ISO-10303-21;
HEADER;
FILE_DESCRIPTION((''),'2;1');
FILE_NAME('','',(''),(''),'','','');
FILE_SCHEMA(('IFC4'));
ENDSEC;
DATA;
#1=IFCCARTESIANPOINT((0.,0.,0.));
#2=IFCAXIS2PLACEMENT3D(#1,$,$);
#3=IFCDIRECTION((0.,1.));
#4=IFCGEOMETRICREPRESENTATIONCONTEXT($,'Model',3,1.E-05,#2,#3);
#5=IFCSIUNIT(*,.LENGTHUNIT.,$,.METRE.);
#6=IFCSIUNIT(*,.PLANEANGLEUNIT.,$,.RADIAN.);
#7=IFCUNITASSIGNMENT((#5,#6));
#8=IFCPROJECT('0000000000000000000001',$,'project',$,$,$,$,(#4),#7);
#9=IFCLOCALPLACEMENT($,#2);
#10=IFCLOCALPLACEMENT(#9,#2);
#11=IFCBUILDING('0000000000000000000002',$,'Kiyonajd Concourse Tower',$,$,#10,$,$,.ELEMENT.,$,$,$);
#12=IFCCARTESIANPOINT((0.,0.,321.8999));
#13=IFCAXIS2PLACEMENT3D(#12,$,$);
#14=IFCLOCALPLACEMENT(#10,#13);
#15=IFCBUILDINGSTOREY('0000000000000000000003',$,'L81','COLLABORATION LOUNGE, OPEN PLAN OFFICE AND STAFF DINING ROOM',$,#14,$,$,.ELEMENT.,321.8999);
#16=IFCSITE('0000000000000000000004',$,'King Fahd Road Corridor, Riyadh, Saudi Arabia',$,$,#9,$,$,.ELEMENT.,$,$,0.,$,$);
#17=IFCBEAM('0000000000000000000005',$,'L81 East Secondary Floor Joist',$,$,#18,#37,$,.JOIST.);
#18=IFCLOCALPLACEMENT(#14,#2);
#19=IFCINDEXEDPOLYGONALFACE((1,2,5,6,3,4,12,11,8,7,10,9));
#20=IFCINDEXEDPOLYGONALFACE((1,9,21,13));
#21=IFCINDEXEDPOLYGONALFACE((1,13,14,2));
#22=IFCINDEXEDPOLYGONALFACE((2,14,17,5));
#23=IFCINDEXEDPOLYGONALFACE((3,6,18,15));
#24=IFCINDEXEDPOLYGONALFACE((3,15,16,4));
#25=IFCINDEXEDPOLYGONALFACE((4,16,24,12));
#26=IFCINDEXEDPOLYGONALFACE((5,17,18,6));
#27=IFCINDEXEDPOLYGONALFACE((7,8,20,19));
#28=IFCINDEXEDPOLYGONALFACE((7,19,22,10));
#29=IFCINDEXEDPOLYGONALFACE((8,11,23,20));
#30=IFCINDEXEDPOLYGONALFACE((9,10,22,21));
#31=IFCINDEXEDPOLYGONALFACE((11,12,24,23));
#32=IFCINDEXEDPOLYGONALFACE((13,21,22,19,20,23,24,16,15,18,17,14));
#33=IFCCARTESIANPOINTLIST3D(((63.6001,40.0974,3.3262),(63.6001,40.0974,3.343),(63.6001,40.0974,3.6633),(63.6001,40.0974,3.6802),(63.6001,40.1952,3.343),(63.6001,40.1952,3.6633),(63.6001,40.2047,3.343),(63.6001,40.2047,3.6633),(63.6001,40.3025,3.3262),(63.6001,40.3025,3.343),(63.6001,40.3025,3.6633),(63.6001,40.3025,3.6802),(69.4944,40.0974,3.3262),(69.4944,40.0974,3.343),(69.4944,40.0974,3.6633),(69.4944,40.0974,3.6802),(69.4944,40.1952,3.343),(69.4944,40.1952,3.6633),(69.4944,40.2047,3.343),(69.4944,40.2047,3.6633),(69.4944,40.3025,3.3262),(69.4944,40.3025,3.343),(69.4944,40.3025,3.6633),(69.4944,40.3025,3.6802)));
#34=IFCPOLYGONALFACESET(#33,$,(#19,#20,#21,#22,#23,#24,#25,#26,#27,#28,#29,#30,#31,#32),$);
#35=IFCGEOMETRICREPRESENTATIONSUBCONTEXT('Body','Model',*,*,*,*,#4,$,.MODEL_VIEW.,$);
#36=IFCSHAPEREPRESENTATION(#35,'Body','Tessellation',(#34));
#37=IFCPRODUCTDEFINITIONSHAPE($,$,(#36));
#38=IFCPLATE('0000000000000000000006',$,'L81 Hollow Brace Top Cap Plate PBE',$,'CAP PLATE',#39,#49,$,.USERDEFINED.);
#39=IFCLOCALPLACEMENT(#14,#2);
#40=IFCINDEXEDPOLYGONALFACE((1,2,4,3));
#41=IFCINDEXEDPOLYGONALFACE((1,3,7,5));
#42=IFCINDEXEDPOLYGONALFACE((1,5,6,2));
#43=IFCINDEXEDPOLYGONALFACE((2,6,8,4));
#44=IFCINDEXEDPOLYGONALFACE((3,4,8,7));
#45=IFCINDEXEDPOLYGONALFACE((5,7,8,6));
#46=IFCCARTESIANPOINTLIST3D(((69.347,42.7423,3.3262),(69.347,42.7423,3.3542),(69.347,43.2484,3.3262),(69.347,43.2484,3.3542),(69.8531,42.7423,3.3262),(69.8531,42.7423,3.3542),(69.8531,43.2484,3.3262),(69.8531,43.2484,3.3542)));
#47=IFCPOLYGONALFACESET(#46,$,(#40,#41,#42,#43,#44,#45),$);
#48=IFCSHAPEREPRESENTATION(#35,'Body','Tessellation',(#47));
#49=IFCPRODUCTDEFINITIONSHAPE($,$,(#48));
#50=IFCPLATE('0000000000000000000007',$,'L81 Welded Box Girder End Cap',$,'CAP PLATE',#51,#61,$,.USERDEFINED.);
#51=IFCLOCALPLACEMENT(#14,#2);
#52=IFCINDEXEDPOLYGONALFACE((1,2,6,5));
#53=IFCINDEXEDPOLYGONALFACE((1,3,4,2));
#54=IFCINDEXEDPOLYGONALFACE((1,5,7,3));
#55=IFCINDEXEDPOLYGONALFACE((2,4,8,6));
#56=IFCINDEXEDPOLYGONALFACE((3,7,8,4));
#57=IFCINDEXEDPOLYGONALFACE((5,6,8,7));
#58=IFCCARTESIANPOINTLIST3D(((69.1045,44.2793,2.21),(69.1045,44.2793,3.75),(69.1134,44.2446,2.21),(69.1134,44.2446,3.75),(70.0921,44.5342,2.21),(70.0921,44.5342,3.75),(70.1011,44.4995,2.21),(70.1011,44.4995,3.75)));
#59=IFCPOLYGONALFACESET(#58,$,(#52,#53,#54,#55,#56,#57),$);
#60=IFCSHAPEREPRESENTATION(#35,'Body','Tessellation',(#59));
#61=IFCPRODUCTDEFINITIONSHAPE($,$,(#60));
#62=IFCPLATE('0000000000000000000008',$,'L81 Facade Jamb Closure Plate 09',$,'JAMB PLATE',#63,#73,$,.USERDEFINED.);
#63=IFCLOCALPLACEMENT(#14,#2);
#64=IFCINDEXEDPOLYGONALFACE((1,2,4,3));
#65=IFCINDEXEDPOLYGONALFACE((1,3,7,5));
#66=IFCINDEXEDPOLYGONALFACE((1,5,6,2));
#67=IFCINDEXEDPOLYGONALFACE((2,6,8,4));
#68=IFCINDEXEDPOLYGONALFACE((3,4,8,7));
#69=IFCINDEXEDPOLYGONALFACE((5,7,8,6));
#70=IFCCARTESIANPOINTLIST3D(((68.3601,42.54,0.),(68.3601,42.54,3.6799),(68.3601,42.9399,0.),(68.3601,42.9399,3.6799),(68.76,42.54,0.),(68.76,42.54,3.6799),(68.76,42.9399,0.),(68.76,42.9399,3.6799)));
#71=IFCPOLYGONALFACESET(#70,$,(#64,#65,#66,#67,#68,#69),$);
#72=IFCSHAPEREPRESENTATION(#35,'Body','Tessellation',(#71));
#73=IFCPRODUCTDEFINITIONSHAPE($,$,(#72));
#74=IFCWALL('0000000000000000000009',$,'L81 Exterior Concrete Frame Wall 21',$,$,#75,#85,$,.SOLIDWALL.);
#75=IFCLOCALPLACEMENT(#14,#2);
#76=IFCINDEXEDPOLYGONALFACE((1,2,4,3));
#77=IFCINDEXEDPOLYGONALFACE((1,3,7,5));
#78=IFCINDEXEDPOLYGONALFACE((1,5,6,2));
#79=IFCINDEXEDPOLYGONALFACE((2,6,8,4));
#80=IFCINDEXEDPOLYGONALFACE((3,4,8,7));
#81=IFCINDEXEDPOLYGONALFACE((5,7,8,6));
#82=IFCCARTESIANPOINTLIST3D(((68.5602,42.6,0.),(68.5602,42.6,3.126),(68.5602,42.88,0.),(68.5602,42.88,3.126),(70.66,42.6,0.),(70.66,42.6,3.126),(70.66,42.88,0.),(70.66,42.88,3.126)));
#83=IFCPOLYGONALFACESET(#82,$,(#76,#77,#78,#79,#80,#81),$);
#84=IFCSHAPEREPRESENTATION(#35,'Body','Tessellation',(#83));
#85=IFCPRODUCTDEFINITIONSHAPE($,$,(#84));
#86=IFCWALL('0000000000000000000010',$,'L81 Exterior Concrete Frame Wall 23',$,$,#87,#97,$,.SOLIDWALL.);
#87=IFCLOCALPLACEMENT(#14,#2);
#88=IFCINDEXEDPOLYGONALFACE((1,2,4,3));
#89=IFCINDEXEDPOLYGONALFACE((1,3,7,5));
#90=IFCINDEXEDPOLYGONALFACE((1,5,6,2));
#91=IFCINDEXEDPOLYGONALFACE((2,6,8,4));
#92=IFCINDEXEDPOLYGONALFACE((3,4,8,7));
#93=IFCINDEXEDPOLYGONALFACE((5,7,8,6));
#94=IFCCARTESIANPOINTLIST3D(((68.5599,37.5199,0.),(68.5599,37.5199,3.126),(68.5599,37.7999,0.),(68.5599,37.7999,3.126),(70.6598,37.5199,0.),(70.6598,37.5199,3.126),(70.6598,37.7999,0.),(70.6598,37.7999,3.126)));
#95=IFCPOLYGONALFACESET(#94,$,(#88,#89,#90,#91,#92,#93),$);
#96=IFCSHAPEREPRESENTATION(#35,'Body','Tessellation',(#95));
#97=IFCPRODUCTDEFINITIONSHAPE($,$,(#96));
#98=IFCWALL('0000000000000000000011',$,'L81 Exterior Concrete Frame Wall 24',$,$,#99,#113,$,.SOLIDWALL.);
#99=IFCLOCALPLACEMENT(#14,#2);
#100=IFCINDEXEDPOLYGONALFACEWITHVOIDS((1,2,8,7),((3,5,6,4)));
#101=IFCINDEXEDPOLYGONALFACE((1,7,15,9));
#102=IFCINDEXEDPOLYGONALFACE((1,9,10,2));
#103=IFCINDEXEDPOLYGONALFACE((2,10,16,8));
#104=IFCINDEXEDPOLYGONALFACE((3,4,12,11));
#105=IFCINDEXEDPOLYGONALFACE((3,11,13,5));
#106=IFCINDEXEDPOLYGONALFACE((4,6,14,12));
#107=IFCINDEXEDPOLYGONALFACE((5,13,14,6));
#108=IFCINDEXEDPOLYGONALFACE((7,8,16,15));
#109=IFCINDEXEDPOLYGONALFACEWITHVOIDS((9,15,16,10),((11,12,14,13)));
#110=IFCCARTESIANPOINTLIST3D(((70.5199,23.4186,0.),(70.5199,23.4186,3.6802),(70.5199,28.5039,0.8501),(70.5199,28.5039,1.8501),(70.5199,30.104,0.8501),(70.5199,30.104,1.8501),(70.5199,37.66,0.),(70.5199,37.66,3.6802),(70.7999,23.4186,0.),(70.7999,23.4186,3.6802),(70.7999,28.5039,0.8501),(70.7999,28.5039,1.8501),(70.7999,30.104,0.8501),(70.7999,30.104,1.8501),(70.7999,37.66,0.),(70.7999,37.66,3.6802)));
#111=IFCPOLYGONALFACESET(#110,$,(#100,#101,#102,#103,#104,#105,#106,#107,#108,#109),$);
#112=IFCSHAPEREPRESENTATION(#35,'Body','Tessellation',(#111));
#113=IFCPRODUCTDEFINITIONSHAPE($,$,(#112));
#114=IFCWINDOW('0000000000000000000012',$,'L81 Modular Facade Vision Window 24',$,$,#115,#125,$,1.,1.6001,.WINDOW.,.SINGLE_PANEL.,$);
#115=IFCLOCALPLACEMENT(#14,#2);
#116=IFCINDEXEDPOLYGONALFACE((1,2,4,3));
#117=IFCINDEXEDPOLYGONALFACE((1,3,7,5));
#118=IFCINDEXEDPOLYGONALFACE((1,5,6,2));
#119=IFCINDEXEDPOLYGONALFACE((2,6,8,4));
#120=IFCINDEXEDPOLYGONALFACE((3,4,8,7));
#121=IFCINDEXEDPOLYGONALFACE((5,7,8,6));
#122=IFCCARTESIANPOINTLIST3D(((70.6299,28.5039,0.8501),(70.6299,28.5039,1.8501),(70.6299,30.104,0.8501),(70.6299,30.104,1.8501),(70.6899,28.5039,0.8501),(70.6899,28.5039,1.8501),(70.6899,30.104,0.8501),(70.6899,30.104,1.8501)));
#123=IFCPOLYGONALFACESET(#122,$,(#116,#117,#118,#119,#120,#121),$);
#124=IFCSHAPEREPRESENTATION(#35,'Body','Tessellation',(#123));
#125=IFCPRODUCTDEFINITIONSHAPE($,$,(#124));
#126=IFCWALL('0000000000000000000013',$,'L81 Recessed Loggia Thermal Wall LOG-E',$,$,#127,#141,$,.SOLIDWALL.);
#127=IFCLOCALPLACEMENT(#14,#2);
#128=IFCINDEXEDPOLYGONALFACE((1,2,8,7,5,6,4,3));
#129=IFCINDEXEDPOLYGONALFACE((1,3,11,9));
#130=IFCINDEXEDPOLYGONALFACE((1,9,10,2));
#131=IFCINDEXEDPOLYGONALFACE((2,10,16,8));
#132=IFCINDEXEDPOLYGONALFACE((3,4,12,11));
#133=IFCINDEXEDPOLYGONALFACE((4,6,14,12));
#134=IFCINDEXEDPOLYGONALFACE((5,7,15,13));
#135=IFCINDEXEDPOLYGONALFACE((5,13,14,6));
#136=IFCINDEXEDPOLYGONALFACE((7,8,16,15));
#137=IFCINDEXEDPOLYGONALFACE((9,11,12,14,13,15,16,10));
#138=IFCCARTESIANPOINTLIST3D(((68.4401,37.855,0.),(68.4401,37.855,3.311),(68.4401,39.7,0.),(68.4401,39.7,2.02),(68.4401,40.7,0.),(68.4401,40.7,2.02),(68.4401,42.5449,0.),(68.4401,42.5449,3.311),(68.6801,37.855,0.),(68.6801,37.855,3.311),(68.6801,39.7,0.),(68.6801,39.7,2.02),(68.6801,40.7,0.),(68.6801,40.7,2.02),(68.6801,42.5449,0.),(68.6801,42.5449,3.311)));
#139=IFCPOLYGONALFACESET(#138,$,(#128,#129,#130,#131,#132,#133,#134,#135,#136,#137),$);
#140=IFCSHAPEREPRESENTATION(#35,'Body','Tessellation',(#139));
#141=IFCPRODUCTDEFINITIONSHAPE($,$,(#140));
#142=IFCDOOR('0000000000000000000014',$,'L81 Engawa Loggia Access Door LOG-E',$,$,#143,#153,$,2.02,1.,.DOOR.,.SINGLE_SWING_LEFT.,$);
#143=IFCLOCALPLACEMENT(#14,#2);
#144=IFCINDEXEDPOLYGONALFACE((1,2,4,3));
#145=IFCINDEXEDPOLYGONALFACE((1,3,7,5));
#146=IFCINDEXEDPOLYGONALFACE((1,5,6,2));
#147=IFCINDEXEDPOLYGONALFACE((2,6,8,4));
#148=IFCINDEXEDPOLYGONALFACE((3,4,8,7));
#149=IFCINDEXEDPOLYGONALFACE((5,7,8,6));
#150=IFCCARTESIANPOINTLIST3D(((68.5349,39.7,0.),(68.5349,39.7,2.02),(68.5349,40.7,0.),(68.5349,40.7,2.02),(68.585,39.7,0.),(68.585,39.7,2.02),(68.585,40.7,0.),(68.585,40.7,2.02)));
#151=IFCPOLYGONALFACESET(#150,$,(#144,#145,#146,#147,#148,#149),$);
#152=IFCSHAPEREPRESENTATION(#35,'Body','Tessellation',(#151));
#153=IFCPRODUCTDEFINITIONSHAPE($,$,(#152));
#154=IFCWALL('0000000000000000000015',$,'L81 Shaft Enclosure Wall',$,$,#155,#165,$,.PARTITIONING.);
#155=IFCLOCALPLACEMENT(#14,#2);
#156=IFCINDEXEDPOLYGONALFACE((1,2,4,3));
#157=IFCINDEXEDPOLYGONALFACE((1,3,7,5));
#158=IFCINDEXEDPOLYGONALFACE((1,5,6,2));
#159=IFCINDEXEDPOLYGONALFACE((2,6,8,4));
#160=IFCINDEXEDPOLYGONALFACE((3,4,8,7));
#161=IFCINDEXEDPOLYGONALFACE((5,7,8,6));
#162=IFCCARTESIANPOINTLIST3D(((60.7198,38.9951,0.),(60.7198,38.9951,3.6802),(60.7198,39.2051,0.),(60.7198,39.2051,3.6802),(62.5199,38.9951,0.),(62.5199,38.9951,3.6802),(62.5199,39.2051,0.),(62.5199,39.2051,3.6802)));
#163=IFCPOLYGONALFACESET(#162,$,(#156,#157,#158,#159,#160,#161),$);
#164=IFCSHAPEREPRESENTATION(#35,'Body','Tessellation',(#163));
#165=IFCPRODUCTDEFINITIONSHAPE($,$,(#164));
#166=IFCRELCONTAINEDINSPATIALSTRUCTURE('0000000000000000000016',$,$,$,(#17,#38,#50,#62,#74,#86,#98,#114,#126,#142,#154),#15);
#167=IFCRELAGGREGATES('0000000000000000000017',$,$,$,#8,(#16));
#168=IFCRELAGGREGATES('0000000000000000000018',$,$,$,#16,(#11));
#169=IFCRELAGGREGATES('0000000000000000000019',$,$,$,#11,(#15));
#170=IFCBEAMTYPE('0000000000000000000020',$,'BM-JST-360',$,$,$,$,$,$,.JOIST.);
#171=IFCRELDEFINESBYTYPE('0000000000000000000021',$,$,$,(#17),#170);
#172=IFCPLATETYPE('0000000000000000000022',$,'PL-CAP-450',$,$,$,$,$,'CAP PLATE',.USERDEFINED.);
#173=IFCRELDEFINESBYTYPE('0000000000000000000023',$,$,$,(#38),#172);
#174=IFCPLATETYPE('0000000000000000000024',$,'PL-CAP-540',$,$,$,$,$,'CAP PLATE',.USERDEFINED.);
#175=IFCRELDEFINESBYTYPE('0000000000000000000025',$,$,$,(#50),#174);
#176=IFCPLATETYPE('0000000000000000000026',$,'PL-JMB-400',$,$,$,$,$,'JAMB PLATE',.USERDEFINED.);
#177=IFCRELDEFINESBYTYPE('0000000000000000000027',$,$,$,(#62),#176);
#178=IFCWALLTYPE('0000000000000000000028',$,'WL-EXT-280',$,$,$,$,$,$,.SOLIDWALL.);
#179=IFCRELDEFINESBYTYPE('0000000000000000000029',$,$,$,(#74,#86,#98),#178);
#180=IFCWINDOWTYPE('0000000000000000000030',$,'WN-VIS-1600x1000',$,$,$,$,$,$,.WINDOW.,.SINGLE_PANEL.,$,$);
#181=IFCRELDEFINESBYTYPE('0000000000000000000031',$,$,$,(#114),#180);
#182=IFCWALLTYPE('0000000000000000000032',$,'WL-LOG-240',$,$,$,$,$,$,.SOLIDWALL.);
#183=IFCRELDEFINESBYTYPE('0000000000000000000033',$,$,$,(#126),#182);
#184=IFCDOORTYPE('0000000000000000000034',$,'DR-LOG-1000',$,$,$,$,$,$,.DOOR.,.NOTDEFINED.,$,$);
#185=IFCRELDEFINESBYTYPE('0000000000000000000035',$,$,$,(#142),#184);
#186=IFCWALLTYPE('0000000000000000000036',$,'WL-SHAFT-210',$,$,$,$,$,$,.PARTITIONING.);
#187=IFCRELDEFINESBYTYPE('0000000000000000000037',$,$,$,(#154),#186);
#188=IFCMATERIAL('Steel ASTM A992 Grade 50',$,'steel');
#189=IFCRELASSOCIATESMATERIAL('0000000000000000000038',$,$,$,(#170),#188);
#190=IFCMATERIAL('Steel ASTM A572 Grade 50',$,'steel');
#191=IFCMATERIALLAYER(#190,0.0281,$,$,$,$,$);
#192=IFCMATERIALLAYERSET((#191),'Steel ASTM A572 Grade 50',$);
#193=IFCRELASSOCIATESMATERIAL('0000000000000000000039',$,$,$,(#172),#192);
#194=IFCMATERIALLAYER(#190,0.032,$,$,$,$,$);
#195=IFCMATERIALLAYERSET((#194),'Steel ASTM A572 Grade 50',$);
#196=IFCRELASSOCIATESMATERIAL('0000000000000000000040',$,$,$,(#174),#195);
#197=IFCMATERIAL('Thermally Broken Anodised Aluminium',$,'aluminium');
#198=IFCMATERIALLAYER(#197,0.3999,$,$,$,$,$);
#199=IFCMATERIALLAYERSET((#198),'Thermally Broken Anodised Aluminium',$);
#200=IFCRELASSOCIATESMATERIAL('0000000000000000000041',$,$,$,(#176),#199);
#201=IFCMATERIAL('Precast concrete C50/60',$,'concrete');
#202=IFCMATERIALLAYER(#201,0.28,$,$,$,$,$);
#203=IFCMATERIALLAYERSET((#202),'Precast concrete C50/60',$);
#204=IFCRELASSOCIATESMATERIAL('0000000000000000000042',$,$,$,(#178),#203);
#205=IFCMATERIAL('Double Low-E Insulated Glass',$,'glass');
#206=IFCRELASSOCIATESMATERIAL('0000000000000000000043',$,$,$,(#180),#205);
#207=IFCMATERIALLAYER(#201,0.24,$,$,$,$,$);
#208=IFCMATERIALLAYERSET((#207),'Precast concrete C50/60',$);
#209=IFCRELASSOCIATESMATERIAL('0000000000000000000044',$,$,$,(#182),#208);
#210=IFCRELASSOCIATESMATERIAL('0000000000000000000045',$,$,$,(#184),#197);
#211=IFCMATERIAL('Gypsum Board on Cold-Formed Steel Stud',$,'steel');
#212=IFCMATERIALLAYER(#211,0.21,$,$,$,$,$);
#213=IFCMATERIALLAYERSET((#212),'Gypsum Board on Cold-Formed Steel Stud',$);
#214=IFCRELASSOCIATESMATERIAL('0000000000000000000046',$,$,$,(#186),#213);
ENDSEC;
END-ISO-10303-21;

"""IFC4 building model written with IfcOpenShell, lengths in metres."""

from ifc_helpers import new_model, si_unit, direction, frame, frame_2d, origin, origin_2d, place, context, subcontext, project, spatial, rectangle, i_section, extrude, material, layer, layer_set, material_profile, profile_set, type_object, element, fill, save


model = new_model("IFC4")

# Units and contexts
model_context = context("Model", 3, precision=1e-05, world=origin(), true_north=direction((0.0, 1.0)))
body_context = subcontext(model_context, "Body", "Model", "MODEL_VIEW")
ifc_project = project(units=[si_unit("LENGTHUNIT", "METRE"), si_unit("PLANEANGLEUNIT", "RADIAN")], contexts=[model_context])

# Site, building, storey
site_placement = place(None, origin())
site = spatial("IfcSite", under=ifc_project, at=site_placement, Name="King Fahd Road Corridor, Riyadh, Saudi Arabia", CompositionType="ELEMENT", RefElevation=0.0)
building_placement = place(site_placement, origin())
building = spatial("IfcBuilding", under=site, at=building_placement, Name="Kiyonajd Concourse Tower", CompositionType="ELEMENT")
storey_placement = place(building_placement, frame((0.0, 0.0, 321.8999)))
storey = spatial("IfcBuildingStorey", under=building, at=storey_placement, Name="L81", Description="COLLABORATION LOUNGE, OPEN PLAN OFFICE AND STAFF DINING ROOM", CompositionType="ELEMENT", Elevation=321.8999)

# Beam
ifc_material_1 = material(Name="Steel ASTM A992 Grade 50", Category="steel")
ifc_material_profile = material_profile(ifc_material_1, i_section(OverallWidth=0.2051, OverallDepth=0.354, WebThickness=0.0095, FlangeThickness=0.0168, at=origin_2d()), Name="W360X79")
ifc_profile_set = profile_set([ifc_material_profile], Name="Steel ASTM A992 Grade 50")
beam_type = type_object("IfcBeamType", Name="BM-JST-360", PredefinedType="JOIST", material=ifc_profile_set)
beam_placement = place(storey_placement, frame((63.6001, 40.2, 3.5032), z_axis=(1.0, 0.0, 0.0), x_axis=(0.0, 1.0, 0.0)))
element("IfcBeam", 1, at=beam_placement, inside=storey, type_object=beam_type, Name="L81 East Secondary Floor Joist", PredefinedType="JOIST", context=body_context, shape_type="SweptSolid", body=[
    extrude(i_section(OverallWidth=0.2051, OverallDepth=0.354, WebThickness=0.0095, FlangeThickness=0.0168, at=origin_2d()), origin(), (0.0, 0.0, 1.0), 5.8943),
])

# Plates
ifc_material_2 = material(Name="Steel ASTM A572 Grade 50", Category="steel")
ifc_layer_1 = layer(ifc_material_2, 0.0281)
ifc_layer_set_1 = layer_set([ifc_layer_1], Name="Steel ASTM A572 Grade 50")
plate_type_1 = type_object("IfcPlateType", Name="PL-CAP-450", ElementType="CAP PLATE", PredefinedType="USERDEFINED", material=ifc_layer_set_1)
plate_1_placement = place(storey_placement, frame((69.6001, 42.9954, 3.3262), z_axis=(0.0, 0.0, 1.0), x_axis=(1.0, 0.0, 0.0)))
element("IfcPlate", 2, at=plate_1_placement, inside=storey, type_object=plate_type_1, Name="L81 Hollow Brace Top Cap Plate PBE", ObjectType="CAP PLATE", PredefinedType="USERDEFINED", context=body_context, shape_type="SweptSolid", body=[
    extrude(rectangle(XDim=0.5061, YDim=0.5061, at=origin_2d()), origin(), (0.0, 0.0, 1.0), 0.0281),
])
ifc_layer_2 = layer(ifc_material_2, 0.032)
ifc_layer_set_2 = layer_set([ifc_layer_2], Name="Steel ASTM A572 Grade 50")
plate_type_2 = type_object("IfcPlateType", Name="PL-CAP-540", ElementType="CAP PLATE", PredefinedType="USERDEFINED", material=ifc_layer_set_2)
plate_2_placement = place(storey_placement, frame((69.6028, 44.3894, 2.21), z_axis=(0.0, 0.0, 1.0), x_axis=(0.249873, -0.968279, 0.0)))
element("IfcPlate", 3, at=plate_2_placement, inside=storey, type_object=plate_type_2, Name="L81 Welded Box Girder End Cap", ObjectType="CAP PLATE", PredefinedType="USERDEFINED", context=body_context, shape_type="SweptSolid", body=[
    extrude(rectangle(XDim=0.0359, YDim=1.02, at=origin_2d()), origin(), (0.0, 0.0, 1.0), 1.54),
])
ifc_material_3 = material(Name="Thermally Broken Anodised Aluminium", Category="aluminium")
ifc_layer_3 = layer(ifc_material_3, 0.3999)
ifc_layer_set_3 = layer_set([ifc_layer_3], Name="Thermally Broken Anodised Aluminium")
plate_type_3 = type_object("IfcPlateType", Name="PL-JMB-400", ElementType="JAMB PLATE", PredefinedType="USERDEFINED", material=ifc_layer_set_3)
plate_3_placement = place(storey_placement, frame((68.5601, 42.74, 0.0), z_axis=(0.0, 0.0, 1.0), x_axis=(1.0, 0.0, 0.0)))
element("IfcPlate", 4, at=plate_3_placement, inside=storey, type_object=plate_type_3, Name="L81 Facade Jamb Closure Plate 09", ObjectType="JAMB PLATE", PredefinedType="USERDEFINED", context=body_context, shape_type="SweptSolid", body=[
    extrude(rectangle(XDim=0.3999, YDim=0.3999, at=origin_2d()), origin(), (0.0, 0.0, 1.0), 3.6799),
])

# Walls
ifc_material_4 = material(Name="Precast concrete C50/60", Category="concrete")
ifc_layer_4 = layer(ifc_material_4, 0.28)
ifc_layer_set_4 = layer_set([ifc_layer_4], Name="Precast concrete C50/60")
wall_type_1 = type_object("IfcWallType", Name="WL-EXT-280", PredefinedType="SOLIDWALL", material=ifc_layer_set_4)
for number, where, z_axis, x_axis, name in (
    (5, (70.6599, 42.74, 0.0), (0.0, 0.0, 1.0), (-1.0, 0.0, 0.0), "L81 Exterior Concrete Frame Wall 21"),
    (6, (68.5601, 37.6599, 0.0), (0.0, 0.0, 1.0), (1.0, 0.0, 0.0), "L81 Exterior Concrete Frame Wall 23"),
):
    element("IfcWall", number, at=place(storey_placement, frame(where, z_axis=z_axis, x_axis=x_axis)), inside=storey, type_object=wall_type_1, Name=name, PredefinedType="SOLIDWALL", context=body_context, shape_type="SweptSolid", body=[
        extrude(rectangle(XDim=2.0999, YDim=0.28, at=frame_2d((1.0498, 0.0))), origin(), (0.0, 0.0, 1.0), 3.126),
    ])

# Wall, opening, window
wall_1_placement = place(storey_placement, frame((70.6599, 37.6599, 0.0), z_axis=(0.0, 0.0, 1.0), x_axis=(0.0, -1.0, 0.0)))
wall_1 = element("IfcWall", 7, at=wall_1_placement, inside=storey, type_object=wall_type_1, Name="L81 Exterior Concrete Frame Wall 24", PredefinedType="SOLIDWALL", context=body_context, shape_type="SweptSolid", body=[
    extrude(rectangle(XDim=14.2415, YDim=0.28, at=frame_2d((7.1206, 0.0))), origin(), (0.0, 0.0, 1.0), 3.6802),
])
opening_1_placement = place(wall_1_placement, frame((7.5559, 0.0, 0.8501)))
opening_1 = element("IfcOpeningElement", 8, at=opening_1_placement, cuts=wall_1, PredefinedType="OPENING", context=body_context, shape_type="SweptSolid", body=[
    extrude(rectangle(XDim=1.6001, YDim=1.0, at=frame_2d((0.8, 0.5))), frame((0.0, 0.1499, 0.0), z_axis=(0.0, -1.0, 0.0), x_axis=(1.0, 0.0, 0.0)), (0.0, 0.0, 1.0), 0.3),
])
ifc_material_5 = material(Name="Double Low-E Insulated Glass", Category="glass")
window_type = type_object("IfcWindowType", Name="WN-VIS-1600x1000", PartitioningType="SINGLE_PANEL", PredefinedType="WINDOW", material=ifc_material_5)
window_placement = place(opening_1_placement, origin())
window = element("IfcWindow", 9, at=window_placement, inside=storey, type_object=window_type, Name="L81 Modular Facade Vision Window 24", OverallHeight=1.0, OverallWidth=1.6001, PartitioningType="SINGLE_PANEL", PredefinedType="WINDOW", context=body_context, shape_type="SweptSolid", body=[
    extrude(rectangle(XDim=1.6001, YDim=1.0, at=frame_2d((0.8, 0.5))), frame((0.0, 0.03, 0.0), z_axis=(0.0, -1.0, 0.0), x_axis=(1.0, 0.0, 0.0)), (0.0, 0.0, 1.0), 0.0601),
])
fill(opening_1, window)

# Wall, opening, door
ifc_layer_5 = layer(ifc_material_4, 0.24)
ifc_layer_set_5 = layer_set([ifc_layer_5], Name="Precast concrete C50/60")
wall_type_2 = type_object("IfcWallType", Name="WL-LOG-240", PredefinedType="SOLIDWALL", material=ifc_layer_set_5)
wall_2_placement = place(storey_placement, frame((68.5601, 42.5449, 0.0), z_axis=(0.0, 0.0, 1.0), x_axis=(0.0, -1.0, 0.0)))
wall_2 = element("IfcWall", 10, at=wall_2_placement, inside=storey, type_object=wall_type_2, Name="L81 Recessed Loggia Thermal Wall LOG-E", PredefinedType="SOLIDWALL", context=body_context, shape_type="SweptSolid", body=[
    extrude(rectangle(XDim=4.6899, YDim=0.24, at=frame_2d((2.345, 0.0))), origin(), (0.0, 0.0, 1.0), 3.311),
])
opening_2_placement = place(wall_2_placement, frame((1.845, 0.0, 0.0)))
opening_2 = element("IfcOpeningElement", 11, at=opening_2_placement, cuts=wall_2, PredefinedType="OPENING", context=body_context, shape_type="SweptSolid", body=[
    extrude(rectangle(XDim=1.0, YDim=2.02, at=frame_2d((0.5, 1.01))), frame((0.0, 0.1299, 0.0), z_axis=(0.0, -1.0, 0.0), x_axis=(1.0, 0.0, 0.0)), (0.0, 0.0, 1.0), 0.26),
])
door_type_1 = type_object("IfcDoorType", Name="DR-LOG-1000", OperationType="NOTDEFINED", PredefinedType="DOOR", material=ifc_material_3)
door_1_placement = place(opening_2_placement, origin())
door_1 = element("IfcDoor", 12, at=door_1_placement, inside=storey, type_object=door_type_1, Name="L81 Engawa Loggia Access Door LOG-E", OperationType="SINGLE_SWING_LEFT", OverallHeight=2.02, OverallWidth=1.0, PredefinedType="DOOR", context=body_context, shape_type="SweptSolid", body=[
    extrude(rectangle(XDim=1.0, YDim=2.02, at=frame_2d((0.5, 1.01))), frame((0.0, 0.0249, 0.0), z_axis=(0.0, -1.0, 0.0), x_axis=(1.0, 0.0, 0.0)), (0.0, 0.0, 1.0), 0.05),
])
fill(opening_2, door_1)

# Wall
ifc_material_6 = material(Name="Gypsum Board on Cold-Formed Steel Stud", Category="steel")
ifc_layer_6 = layer(ifc_material_6, 0.21)
ifc_layer_set_6 = layer_set([ifc_layer_6], Name="Gypsum Board on Cold-Formed Steel Stud")
wall_type_3 = type_object("IfcWallType", Name="WL-SHAFT-210", PredefinedType="PARTITIONING", material=ifc_layer_set_6)
wall_3_placement = place(storey_placement, frame((60.72, 39.1001, 0.0), z_axis=(0.0, 0.0, 1.0), x_axis=(1.0, 0.0, 0.0)))
element("IfcWall", 13, at=wall_3_placement, inside=storey, type_object=wall_type_3, Name="L81 Shaft Enclosure Wall", PredefinedType="PARTITIONING", context=body_context, shape_type="SweptSolid", body=[
    extrude(rectangle(XDim=1.8, YDim=0.21, at=frame_2d((0.8999, 0.0))), origin(), (0.0, 0.0, 1.0), 3.6802),
])

save(model, "model.ifc")
